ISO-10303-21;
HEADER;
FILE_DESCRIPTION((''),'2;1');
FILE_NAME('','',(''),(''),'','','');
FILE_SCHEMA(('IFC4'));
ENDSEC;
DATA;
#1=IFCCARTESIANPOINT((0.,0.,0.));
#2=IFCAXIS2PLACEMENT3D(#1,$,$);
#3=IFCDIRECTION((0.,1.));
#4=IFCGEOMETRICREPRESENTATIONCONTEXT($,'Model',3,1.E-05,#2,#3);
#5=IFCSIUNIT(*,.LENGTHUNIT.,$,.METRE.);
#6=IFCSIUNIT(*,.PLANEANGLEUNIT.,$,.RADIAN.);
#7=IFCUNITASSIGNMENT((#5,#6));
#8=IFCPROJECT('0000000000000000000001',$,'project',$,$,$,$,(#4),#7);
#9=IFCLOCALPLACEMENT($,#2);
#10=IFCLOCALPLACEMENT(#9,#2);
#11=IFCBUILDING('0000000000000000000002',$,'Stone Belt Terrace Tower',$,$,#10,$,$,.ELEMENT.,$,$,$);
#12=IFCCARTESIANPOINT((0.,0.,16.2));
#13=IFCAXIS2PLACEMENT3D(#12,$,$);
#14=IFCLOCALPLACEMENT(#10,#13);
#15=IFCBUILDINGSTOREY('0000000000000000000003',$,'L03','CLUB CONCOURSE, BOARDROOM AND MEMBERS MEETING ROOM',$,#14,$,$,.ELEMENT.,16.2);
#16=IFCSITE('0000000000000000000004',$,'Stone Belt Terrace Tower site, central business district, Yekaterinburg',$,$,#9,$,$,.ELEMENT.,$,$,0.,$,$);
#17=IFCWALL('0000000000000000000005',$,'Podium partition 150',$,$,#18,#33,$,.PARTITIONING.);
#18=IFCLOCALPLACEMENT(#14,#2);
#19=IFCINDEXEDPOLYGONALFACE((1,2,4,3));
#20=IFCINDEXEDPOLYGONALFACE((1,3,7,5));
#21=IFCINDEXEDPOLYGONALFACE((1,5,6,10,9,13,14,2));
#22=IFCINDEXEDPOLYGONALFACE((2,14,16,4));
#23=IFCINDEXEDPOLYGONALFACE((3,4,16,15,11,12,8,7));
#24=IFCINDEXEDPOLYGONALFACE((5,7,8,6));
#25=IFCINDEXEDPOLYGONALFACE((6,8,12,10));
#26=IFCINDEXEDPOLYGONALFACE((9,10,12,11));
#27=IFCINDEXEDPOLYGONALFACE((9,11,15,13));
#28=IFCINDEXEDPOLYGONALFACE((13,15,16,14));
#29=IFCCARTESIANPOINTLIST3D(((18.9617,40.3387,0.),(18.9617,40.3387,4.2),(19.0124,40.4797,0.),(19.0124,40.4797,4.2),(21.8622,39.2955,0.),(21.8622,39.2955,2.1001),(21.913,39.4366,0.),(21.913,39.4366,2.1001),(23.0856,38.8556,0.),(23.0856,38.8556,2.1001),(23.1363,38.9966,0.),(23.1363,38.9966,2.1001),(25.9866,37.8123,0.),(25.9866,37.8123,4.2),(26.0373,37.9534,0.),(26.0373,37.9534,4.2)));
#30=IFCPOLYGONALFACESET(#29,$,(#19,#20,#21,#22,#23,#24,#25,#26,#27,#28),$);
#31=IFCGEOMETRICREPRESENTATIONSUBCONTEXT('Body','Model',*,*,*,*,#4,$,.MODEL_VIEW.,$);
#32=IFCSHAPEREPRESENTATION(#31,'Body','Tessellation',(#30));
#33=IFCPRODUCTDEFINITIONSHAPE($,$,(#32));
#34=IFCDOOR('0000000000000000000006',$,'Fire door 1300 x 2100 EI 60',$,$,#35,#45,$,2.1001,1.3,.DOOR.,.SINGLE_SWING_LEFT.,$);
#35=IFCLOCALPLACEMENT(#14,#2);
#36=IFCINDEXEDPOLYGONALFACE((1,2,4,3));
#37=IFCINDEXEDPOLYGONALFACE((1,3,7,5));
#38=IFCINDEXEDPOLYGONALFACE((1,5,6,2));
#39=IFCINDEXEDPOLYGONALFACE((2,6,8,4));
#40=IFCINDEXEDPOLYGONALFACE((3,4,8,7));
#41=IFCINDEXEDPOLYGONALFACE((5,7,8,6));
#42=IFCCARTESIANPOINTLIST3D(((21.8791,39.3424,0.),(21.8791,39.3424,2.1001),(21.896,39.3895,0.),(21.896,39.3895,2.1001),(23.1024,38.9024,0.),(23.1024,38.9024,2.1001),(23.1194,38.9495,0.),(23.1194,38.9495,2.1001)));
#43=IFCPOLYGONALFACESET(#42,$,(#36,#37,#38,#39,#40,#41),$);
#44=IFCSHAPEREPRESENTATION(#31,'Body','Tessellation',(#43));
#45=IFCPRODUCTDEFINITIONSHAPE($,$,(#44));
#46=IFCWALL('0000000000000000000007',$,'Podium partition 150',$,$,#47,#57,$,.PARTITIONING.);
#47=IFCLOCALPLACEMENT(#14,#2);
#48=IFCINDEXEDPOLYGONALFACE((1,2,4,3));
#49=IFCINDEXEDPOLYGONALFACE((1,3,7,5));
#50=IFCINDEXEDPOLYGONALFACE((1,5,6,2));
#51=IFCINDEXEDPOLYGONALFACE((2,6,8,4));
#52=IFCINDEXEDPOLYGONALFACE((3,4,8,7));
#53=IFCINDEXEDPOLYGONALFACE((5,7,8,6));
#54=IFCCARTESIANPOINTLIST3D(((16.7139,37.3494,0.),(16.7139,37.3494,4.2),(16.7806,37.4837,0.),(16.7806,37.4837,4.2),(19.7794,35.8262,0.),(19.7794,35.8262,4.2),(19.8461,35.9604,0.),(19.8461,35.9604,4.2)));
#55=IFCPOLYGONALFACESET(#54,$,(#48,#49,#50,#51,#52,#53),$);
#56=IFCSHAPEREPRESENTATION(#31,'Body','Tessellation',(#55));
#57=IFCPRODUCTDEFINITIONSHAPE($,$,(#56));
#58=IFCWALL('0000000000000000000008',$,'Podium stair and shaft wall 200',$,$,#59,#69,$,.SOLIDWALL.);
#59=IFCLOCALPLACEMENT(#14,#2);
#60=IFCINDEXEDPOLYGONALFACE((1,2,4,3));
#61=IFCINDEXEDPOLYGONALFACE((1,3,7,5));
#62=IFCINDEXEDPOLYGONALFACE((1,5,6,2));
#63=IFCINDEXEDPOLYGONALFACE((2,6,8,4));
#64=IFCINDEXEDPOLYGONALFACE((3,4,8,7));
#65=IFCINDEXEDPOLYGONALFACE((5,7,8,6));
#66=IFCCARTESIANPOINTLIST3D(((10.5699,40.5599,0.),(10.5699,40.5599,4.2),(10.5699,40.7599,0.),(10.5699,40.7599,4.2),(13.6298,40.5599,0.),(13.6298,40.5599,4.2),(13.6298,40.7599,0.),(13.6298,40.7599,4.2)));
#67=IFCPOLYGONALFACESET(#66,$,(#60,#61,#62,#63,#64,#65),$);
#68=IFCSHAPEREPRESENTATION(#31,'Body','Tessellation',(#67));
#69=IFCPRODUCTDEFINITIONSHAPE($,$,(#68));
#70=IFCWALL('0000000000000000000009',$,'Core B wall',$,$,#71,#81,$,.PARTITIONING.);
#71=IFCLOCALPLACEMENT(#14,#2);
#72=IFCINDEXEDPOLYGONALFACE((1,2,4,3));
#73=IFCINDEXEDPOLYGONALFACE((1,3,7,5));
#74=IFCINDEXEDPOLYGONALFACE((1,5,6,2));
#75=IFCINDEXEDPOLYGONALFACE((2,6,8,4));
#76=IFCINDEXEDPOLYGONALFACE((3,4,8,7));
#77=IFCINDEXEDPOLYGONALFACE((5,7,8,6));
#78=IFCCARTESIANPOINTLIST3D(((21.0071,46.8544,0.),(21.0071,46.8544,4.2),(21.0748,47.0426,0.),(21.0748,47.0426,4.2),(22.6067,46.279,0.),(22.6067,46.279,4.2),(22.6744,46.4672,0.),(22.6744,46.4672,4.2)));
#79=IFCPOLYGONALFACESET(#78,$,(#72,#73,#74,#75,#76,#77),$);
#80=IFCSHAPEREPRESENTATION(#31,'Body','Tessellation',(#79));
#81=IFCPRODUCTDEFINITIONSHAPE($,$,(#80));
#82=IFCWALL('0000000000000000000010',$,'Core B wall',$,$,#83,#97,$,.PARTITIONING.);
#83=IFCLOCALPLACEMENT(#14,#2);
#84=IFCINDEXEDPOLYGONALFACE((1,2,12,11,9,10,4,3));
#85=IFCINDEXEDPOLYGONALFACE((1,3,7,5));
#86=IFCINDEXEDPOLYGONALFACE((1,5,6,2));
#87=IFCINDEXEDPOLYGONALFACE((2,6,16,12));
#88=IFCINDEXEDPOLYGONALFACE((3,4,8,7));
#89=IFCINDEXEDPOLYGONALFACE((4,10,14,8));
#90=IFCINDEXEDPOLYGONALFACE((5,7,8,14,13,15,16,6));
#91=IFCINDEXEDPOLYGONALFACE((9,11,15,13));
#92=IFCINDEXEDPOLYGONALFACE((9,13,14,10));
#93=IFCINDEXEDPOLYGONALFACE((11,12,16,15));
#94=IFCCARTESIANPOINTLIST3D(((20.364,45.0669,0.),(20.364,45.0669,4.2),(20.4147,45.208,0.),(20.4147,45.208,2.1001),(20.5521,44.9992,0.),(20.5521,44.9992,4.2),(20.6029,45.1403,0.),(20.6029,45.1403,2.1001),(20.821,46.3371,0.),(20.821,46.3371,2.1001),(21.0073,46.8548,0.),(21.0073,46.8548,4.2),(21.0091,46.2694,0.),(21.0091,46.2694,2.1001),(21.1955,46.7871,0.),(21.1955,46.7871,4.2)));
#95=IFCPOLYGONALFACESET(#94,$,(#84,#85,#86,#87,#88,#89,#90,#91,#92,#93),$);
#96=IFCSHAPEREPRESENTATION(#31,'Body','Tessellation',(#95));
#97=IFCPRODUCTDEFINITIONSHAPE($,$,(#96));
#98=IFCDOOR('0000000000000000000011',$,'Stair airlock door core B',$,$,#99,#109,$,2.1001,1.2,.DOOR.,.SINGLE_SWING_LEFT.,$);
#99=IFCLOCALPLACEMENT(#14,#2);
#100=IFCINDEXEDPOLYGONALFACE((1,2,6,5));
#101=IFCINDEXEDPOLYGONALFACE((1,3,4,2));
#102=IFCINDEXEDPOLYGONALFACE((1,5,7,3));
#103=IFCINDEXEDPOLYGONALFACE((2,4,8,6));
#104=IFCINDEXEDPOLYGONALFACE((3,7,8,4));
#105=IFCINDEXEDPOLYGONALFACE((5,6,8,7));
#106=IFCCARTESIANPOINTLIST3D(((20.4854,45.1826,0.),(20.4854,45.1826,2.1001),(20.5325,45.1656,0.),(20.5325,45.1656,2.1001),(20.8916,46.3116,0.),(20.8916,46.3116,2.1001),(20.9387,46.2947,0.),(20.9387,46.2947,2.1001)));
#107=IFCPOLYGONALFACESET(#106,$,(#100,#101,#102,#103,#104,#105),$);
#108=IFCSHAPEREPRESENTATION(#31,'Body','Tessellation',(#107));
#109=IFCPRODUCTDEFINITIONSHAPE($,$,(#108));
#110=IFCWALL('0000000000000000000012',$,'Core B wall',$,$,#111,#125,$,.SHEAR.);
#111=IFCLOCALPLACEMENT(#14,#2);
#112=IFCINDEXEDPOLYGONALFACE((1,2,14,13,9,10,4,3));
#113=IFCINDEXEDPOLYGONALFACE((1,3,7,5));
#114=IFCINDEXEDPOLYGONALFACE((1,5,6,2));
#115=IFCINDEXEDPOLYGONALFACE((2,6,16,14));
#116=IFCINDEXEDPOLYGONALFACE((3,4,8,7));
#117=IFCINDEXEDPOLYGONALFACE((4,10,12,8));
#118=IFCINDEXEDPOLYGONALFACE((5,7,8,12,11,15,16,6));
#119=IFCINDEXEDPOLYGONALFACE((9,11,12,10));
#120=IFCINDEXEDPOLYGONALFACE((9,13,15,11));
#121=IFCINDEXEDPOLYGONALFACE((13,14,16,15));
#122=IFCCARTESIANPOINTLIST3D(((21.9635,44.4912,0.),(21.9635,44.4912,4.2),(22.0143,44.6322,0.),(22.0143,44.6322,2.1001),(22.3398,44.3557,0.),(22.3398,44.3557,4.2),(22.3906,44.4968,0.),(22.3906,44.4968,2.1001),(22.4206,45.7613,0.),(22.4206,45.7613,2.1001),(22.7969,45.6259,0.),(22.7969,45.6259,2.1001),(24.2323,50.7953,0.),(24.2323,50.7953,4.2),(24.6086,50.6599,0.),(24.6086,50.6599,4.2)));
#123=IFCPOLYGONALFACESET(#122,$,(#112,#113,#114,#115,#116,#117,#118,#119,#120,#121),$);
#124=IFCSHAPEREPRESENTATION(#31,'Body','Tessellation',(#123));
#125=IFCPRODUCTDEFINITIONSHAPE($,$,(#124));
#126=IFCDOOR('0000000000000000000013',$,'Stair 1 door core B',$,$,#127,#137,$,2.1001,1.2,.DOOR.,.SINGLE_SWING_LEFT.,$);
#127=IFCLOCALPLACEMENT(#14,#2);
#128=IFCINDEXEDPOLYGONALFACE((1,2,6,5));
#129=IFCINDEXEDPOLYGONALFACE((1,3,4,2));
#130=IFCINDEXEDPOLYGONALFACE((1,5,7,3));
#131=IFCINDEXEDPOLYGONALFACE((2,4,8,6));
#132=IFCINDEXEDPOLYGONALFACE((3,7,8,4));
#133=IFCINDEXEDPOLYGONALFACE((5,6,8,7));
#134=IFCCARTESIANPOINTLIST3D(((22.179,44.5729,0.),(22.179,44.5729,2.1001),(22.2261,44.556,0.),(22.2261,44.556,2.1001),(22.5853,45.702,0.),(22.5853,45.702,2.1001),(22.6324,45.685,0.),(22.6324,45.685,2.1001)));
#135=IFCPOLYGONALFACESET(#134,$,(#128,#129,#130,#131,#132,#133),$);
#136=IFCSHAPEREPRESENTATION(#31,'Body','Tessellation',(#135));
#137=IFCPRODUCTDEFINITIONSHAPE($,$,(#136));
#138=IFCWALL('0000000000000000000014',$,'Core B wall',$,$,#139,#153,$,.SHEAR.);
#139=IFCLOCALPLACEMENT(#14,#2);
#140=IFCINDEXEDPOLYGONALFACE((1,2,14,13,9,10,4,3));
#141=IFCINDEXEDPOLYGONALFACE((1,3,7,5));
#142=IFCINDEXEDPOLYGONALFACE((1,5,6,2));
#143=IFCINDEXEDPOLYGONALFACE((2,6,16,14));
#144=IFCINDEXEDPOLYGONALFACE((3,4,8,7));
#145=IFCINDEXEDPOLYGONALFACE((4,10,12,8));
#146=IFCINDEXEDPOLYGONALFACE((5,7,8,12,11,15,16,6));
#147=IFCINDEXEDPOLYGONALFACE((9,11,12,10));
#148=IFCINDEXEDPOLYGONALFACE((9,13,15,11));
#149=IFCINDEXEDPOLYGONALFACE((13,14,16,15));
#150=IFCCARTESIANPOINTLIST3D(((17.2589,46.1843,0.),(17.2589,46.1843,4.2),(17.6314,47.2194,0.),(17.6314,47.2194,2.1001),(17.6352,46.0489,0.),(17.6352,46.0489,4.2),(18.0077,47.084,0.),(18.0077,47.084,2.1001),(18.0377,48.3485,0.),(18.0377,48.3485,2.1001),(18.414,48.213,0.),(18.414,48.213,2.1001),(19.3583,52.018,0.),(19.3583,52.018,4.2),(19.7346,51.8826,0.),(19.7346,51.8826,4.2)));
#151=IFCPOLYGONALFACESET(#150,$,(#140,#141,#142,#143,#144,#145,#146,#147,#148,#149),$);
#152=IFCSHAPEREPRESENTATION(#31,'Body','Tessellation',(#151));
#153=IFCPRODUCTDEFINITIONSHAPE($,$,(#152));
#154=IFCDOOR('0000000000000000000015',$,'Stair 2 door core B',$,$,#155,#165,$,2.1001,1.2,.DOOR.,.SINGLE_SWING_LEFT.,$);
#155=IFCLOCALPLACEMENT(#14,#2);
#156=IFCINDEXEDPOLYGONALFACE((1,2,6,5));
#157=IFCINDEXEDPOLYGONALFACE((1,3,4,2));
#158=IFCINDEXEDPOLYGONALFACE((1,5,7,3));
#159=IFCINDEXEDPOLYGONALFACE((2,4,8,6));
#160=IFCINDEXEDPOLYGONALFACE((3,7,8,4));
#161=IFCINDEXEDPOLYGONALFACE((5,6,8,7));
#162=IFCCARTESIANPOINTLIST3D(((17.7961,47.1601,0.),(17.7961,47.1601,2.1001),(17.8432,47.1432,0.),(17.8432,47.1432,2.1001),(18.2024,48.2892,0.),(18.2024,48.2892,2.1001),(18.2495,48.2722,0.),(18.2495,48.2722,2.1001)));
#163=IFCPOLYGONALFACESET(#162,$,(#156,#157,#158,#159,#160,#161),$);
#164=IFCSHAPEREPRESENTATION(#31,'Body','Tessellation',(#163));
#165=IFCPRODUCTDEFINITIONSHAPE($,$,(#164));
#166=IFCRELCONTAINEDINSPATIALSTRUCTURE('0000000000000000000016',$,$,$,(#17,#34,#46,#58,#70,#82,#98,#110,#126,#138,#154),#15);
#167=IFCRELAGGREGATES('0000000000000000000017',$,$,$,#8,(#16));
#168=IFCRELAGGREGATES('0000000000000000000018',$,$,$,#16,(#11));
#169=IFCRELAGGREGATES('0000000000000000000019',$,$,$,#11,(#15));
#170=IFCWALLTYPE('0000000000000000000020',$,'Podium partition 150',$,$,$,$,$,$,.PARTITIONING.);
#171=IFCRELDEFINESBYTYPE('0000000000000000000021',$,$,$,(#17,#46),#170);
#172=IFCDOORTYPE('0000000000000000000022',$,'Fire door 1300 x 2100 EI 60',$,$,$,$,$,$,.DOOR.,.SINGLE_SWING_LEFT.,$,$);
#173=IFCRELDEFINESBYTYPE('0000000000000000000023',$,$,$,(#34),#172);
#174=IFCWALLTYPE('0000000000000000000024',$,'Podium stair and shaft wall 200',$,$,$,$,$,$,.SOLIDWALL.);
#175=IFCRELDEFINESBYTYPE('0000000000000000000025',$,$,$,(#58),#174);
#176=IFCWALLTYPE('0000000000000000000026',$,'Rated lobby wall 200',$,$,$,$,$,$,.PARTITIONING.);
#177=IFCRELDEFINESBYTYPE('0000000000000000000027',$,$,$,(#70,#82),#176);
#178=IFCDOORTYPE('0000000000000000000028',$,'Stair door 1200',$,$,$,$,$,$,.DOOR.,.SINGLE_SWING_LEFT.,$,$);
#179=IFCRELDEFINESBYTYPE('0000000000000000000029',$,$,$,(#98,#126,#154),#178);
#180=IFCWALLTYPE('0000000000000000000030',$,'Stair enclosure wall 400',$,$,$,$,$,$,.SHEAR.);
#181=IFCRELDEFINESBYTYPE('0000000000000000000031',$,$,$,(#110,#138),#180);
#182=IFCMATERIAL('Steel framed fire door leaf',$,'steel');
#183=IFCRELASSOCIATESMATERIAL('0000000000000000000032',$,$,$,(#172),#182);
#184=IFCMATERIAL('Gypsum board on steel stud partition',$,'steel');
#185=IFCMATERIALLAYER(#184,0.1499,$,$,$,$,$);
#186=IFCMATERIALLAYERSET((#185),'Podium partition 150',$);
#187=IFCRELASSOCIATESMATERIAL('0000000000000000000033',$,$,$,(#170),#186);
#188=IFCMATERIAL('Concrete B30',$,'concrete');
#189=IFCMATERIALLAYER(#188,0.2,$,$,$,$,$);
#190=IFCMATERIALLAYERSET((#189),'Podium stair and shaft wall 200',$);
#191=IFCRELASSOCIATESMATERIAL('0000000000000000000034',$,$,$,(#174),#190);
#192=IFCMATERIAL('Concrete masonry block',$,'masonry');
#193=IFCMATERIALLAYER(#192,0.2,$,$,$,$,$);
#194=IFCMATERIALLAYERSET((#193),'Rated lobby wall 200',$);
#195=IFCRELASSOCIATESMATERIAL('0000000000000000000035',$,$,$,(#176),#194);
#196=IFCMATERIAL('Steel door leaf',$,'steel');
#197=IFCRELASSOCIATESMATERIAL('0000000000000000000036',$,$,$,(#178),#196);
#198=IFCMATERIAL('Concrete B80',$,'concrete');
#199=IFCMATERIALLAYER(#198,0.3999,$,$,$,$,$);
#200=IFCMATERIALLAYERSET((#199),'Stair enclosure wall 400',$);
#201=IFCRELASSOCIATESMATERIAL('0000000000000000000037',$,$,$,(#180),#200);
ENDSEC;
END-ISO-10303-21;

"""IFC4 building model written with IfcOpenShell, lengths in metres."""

from ifc_helpers import new_model, si_unit, direction, frame, frame_2d, origin, place, context, subcontext, project, spatial, rectangle, extrude, material, layer, layer_set, type_object, element, fill, save


model = new_model("IFC4")

# Units and contexts
model_context = context("Model", 3, precision=1e-05, world=origin(), true_north=direction((0.0, 1.0)))
body_context = subcontext(model_context, "Body", "Model", "MODEL_VIEW")
ifc_project = project(units=[si_unit("LENGTHUNIT", "METRE"), si_unit("PLANEANGLEUNIT", "RADIAN")], contexts=[model_context])

# Site, building, storey
site_placement = place(None, origin())
site = spatial("IfcSite", under=ifc_project, at=site_placement, Name="Stone Belt Terrace Tower site, central business district, Yekaterinburg", CompositionType="ELEMENT", RefElevation=0.0)
building_placement = place(site_placement, origin())
building = spatial("IfcBuilding", under=site, at=building_placement, Name="Stone Belt Terrace Tower", CompositionType="ELEMENT")
storey_placement = place(building_placement, frame((0.0, 0.0, 16.2)))
storey = spatial("IfcBuildingStorey", under=building, at=storey_placement, Name="L03", Description="CLUB CONCOURSE, BOARDROOM AND MEMBERS MEETING ROOM", CompositionType="ELEMENT", Elevation=16.2)

# Shared definitions
ifc_material_1 = material(Name="Concrete B80", Category="concrete")

# Shared definitions
ifc_material_2 = material(Name="Steel framed fire door leaf", Category="steel")
door_type_1 = type_object("IfcDoorType", Name="Fire door 1300 x 2100 EI 60", OperationType="SINGLE_SWING_LEFT", PredefinedType="DOOR", material=ifc_material_2)

# Shared definitions
ifc_material_3 = material(Name="Gypsum board on steel stud partition", Category="steel")
ifc_layer_1 = layer(ifc_material_3, 0.1499)
ifc_layer_set_1 = layer_set([ifc_layer_1], Name="Podium partition 150")
wall_type_1 = type_object("IfcWallType", Name="Podium partition 150", PredefinedType="PARTITIONING", material=ifc_layer_set_1)

# Wall, opening, door
wall_1_placement = place(storey_placement, frame((18.9871, 40.4092, 0.0), z_axis=(0.0, 0.0, 1.0), x_axis=(0.940998, -0.338411, 0.0)))
wall_1 = element("IfcWall", 1, at=wall_1_placement, inside=storey, type_object=wall_type_1, Name="Podium partition 150", PredefinedType="PARTITIONING", context=body_context, shape_type="SweptSolid", body=[
    extrude(rectangle(XDim=7.4653, YDim=0.1499, at=frame_2d((3.7327, 0.0))), origin(), (0.0, 0.0, 1.0), 4.2),
])
opening_1_placement = place(wall_1_placement, frame((3.0825, 0.0, 0.0)))
opening_1 = element("IfcOpeningElement", 2, at=opening_1_placement, cuts=wall_1, PredefinedType="OPENING", context=body_context, shape_type="SweptSolid", body=[
    extrude(rectangle(XDim=1.3, YDim=2.1001, at=frame_2d((0.6499, 1.05))), frame((0.0, 0.085, 0.0), z_axis=(0.0, -1.0, 0.0), x_axis=(1.0, 0.0, 0.0)), (0.0, 0.0, 1.0), 0.1699),
])
door_1_placement = place(opening_1_placement, origin())
door_1 = element("IfcDoor", 3, at=door_1_placement, inside=storey, type_object=door_type_1, Name="Fire door 1300 x 2100 EI 60", OperationType="SINGLE_SWING_LEFT", OverallHeight=2.1001, OverallWidth=1.3, PredefinedType="DOOR", context=body_context, shape_type="SweptSolid", body=[
    extrude(rectangle(XDim=1.3, YDim=2.1001, at=frame_2d((0.6499, 1.05))), frame((0.0, 0.0249, 0.0), z_axis=(0.0, -1.0, 0.0), x_axis=(1.0, 0.0, 0.0)), (0.0, 0.0, 1.0), 0.05),
])
fill(opening_1, door_1)

# Walls
wall_2_placement = place(storey_placement, frame((16.7473, 37.4165, 0.0), z_axis=(0.0, 0.0, 1.0), x_axis=(0.895537, -0.444987, 0.0)))
element("IfcWall", 4, at=wall_2_placement, inside=storey, type_object=wall_type_1, Name="Podium partition 150", PredefinedType="PARTITIONING", context=body_context, shape_type="SweptSolid", body=[
    extrude(rectangle(XDim=3.4231, YDim=0.1499, at=frame_2d((1.7114, 0.0))), origin(), (0.0, 0.0, 1.0), 4.2),
])
ifc_material_4 = material(Name="Concrete B30", Category="concrete")
ifc_layer_2 = layer(ifc_material_4, 0.2)
ifc_layer_set_2 = layer_set([ifc_layer_2], Name="Podium stair and shaft wall 200")
wall_type_2 = type_object("IfcWallType", Name="Podium stair and shaft wall 200", PredefinedType="SOLIDWALL", material=ifc_layer_set_2)
wall_3_placement = place(storey_placement, frame((10.5701, 40.6599, 0.0), z_axis=(0.0, 0.0, 1.0), x_axis=(1.0, 0.0, 0.0)))
element("IfcWall", 5, at=wall_3_placement, inside=storey, type_object=wall_type_2, Name="Podium stair and shaft wall 200", PredefinedType="SOLIDWALL", context=body_context, shape_type="SweptSolid", body=[
    extrude(rectangle(XDim=3.0598, YDim=0.2, at=frame_2d((1.5298, 0.0))), origin(), (0.0, 0.0, 1.0), 4.2),
])
ifc_material_5 = material(Name="Concrete masonry block", Category="masonry")
ifc_layer_3 = layer(ifc_material_5, 0.2)
ifc_layer_set_3 = layer_set([ifc_layer_3], Name="Rated lobby wall 200")
wall_type_3 = type_object("IfcWallType", Name="Rated lobby wall 200", PredefinedType="PARTITIONING", material=ifc_layer_set_3)
wall_4_placement = place(storey_placement, frame((22.6406, 46.373, 0.0), z_axis=(0.0, 0.0, 1.0), x_axis=(-0.940966, 0.338501, 0.0)))
element("IfcWall", 6, at=wall_4_placement, inside=storey, type_object=wall_type_3, Name="Core B wall", PredefinedType="PARTITIONING", context=body_context, shape_type="SweptSolid", body=[
    extrude(rectangle(XDim=1.7, YDim=0.2, at=frame_2d((0.8501, 0.0))), origin(), (0.0, 0.0, 1.0), 4.2),
])

# Walls, openings, doors
wall_5_placement = place(storey_placement, frame((20.458, 45.033, 0.0), z_axis=(0.0, 0.0, 1.0), x_axis=(0.338574, 0.94094, 0.0)))
wall_5 = element("IfcWall", 7, at=wall_5_placement, inside=storey, type_object=wall_type_3, Name="Core B wall", PredefinedType="PARTITIONING", context=body_context, shape_type="SweptSolid", body=[
    extrude(rectangle(XDim=1.9001, YDim=0.2, at=frame_2d((0.9502, 0.0))), origin(), (0.0, 0.0, 1.0), 4.2),
])
opening_2_placement = place(wall_5_placement, frame((0.1499, 0.0, 0.0)))
opening_2 = element("IfcOpeningElement", 8, at=opening_2_placement, cuts=wall_5, PredefinedType="OPENING", context=body_context, shape_type="SweptSolid", body=[
    extrude(rectangle(XDim=1.2, YDim=2.1001, at=frame_2d((0.6001, 1.05))), frame((0.0, 0.1099, 0.0), z_axis=(0.0, -1.0, 0.0), x_axis=(1.0, 0.0, 0.0)), (0.0, 0.0, 1.0), 0.22),
])
ifc_material_6 = material(Name="Steel door leaf", Category="steel")
door_type_2 = type_object("IfcDoorType", Name="Stair door 1200", OperationType="SINGLE_SWING_LEFT", PredefinedType="DOOR", material=ifc_material_6)
door_2_placement = place(opening_2_placement, origin())
door_2 = element("IfcDoor", 9, at=door_2_placement, inside=storey, type_object=door_type_2, Name="Stair airlock door core B", OperationType="SINGLE_SWING_LEFT", OverallHeight=2.1001, OverallWidth=1.2, PredefinedType="DOOR", context=body_context, shape_type="SweptSolid", body=[
    extrude(rectangle(XDim=1.2, YDim=2.1001, at=frame_2d((0.6001, 1.05))), frame((0.0, 0.0249, 0.0), z_axis=(0.0, -1.0, 0.0), x_axis=(1.0, 0.0, 0.0)), (0.0, 0.0, 1.0), 0.05),
])
fill(opening_2, door_2)
ifc_layer_4 = layer(ifc_material_1, 0.3999)
ifc_layer_set_4 = layer_set([ifc_layer_4], Name="Stair enclosure wall 400")
wall_type_4 = type_object("IfcWallType", Name="Stair enclosure wall 400", PredefinedType="SHEAR", material=ifc_layer_set_4)
wall_6_placement = place(storey_placement, frame((22.1516, 44.4233, 0.0), z_axis=(0.0, 0.0, 1.0), x_axis=(0.338625, 0.940921, 0.0)))
wall_6 = element("IfcWall", 10, at=wall_6_placement, inside=storey, type_object=wall_type_4, Name="Core B wall", PredefinedType="SHEAR", context=body_context, shape_type="SweptSolid", body=[
    extrude(rectangle(XDim=6.7, YDim=0.3999, at=frame_2d((3.3501, 0.0))), origin(), (0.0, 0.0, 1.0), 4.2),
])
opening_3_placement = place(wall_6_placement, frame((0.1499, 0.0, 0.0)))
opening_3 = element("IfcOpeningElement", 11, at=opening_3_placement, cuts=wall_6, PredefinedType="OPENING", context=body_context, shape_type="SweptSolid", body=[
    extrude(rectangle(XDim=1.2, YDim=2.1001, at=frame_2d((0.6001, 1.05))), frame((0.0, 0.21, 0.0), z_axis=(0.0, -1.0, 0.0), x_axis=(1.0, 0.0, 0.0)), (0.0, 0.0, 1.0), 0.4199),
])
door_3_placement = place(opening_3_placement, origin())
door_3 = element("IfcDoor", 12, at=door_3_placement, inside=storey, type_object=door_type_2, Name="Stair 1 door core B", OperationType="SINGLE_SWING_LEFT", OverallHeight=2.1001, OverallWidth=1.2, PredefinedType="DOOR", context=body_context, shape_type="SweptSolid", body=[
    extrude(rectangle(XDim=1.2, YDim=2.1001, at=frame_2d((0.6001, 1.05))), frame((0.0, 0.0249, 0.0), z_axis=(0.0, -1.0, 0.0), x_axis=(1.0, 0.0, 0.0)), (0.0, 0.0, 1.0), 0.05),
])
fill(opening_3, door_3)
wall_7_placement = place(storey_placement, frame((17.447, 46.1165, 0.0), z_axis=(0.0, 0.0, 1.0), x_axis=(0.338608, 0.940928, 0.0)))
wall_7 = element("IfcWall", 13, at=wall_7_placement, inside=storey, type_object=wall_type_4, Name="Core B wall", PredefinedType="SHEAR", context=body_context, shape_type="SweptSolid", body=[
    extrude(rectangle(XDim=6.2, YDim=0.3999, at=frame_2d((3.1001, 0.0))), origin(), (0.0, 0.0, 1.0), 4.2),
])
opening_4_placement = place(wall_7_placement, frame((1.1001, 0.0, 0.0)))
opening_4 = element("IfcOpeningElement", 14, at=opening_4_placement, cuts=wall_7, PredefinedType="OPENING", context=body_context, shape_type="SweptSolid", body=[
    extrude(rectangle(XDim=1.2, YDim=2.1001, at=frame_2d((0.6001, 1.05))), frame((0.0, 0.21, 0.0), z_axis=(0.0, -1.0, 0.0), x_axis=(1.0, 0.0, 0.0)), (0.0, 0.0, 1.0), 0.4199),
])
door_4_placement = place(opening_4_placement, origin())
door_4 = element("IfcDoor", 15, at=door_4_placement, inside=storey, type_object=door_type_2, Name="Stair 2 door core B", OperationType="SINGLE_SWING_LEFT", OverallHeight=2.1001, OverallWidth=1.2, PredefinedType="DOOR", context=body_context, shape_type="SweptSolid", body=[
    extrude(rectangle(XDim=1.2, YDim=2.1001, at=frame_2d((0.6001, 1.05))), frame((0.0, 0.0249, 0.0), z_axis=(0.0, -1.0, 0.0), x_axis=(1.0, 0.0, 0.0)), (0.0, 0.0, 1.0), 0.05),
])
fill(opening_4, door_4)

save(model, "model.ifc")
